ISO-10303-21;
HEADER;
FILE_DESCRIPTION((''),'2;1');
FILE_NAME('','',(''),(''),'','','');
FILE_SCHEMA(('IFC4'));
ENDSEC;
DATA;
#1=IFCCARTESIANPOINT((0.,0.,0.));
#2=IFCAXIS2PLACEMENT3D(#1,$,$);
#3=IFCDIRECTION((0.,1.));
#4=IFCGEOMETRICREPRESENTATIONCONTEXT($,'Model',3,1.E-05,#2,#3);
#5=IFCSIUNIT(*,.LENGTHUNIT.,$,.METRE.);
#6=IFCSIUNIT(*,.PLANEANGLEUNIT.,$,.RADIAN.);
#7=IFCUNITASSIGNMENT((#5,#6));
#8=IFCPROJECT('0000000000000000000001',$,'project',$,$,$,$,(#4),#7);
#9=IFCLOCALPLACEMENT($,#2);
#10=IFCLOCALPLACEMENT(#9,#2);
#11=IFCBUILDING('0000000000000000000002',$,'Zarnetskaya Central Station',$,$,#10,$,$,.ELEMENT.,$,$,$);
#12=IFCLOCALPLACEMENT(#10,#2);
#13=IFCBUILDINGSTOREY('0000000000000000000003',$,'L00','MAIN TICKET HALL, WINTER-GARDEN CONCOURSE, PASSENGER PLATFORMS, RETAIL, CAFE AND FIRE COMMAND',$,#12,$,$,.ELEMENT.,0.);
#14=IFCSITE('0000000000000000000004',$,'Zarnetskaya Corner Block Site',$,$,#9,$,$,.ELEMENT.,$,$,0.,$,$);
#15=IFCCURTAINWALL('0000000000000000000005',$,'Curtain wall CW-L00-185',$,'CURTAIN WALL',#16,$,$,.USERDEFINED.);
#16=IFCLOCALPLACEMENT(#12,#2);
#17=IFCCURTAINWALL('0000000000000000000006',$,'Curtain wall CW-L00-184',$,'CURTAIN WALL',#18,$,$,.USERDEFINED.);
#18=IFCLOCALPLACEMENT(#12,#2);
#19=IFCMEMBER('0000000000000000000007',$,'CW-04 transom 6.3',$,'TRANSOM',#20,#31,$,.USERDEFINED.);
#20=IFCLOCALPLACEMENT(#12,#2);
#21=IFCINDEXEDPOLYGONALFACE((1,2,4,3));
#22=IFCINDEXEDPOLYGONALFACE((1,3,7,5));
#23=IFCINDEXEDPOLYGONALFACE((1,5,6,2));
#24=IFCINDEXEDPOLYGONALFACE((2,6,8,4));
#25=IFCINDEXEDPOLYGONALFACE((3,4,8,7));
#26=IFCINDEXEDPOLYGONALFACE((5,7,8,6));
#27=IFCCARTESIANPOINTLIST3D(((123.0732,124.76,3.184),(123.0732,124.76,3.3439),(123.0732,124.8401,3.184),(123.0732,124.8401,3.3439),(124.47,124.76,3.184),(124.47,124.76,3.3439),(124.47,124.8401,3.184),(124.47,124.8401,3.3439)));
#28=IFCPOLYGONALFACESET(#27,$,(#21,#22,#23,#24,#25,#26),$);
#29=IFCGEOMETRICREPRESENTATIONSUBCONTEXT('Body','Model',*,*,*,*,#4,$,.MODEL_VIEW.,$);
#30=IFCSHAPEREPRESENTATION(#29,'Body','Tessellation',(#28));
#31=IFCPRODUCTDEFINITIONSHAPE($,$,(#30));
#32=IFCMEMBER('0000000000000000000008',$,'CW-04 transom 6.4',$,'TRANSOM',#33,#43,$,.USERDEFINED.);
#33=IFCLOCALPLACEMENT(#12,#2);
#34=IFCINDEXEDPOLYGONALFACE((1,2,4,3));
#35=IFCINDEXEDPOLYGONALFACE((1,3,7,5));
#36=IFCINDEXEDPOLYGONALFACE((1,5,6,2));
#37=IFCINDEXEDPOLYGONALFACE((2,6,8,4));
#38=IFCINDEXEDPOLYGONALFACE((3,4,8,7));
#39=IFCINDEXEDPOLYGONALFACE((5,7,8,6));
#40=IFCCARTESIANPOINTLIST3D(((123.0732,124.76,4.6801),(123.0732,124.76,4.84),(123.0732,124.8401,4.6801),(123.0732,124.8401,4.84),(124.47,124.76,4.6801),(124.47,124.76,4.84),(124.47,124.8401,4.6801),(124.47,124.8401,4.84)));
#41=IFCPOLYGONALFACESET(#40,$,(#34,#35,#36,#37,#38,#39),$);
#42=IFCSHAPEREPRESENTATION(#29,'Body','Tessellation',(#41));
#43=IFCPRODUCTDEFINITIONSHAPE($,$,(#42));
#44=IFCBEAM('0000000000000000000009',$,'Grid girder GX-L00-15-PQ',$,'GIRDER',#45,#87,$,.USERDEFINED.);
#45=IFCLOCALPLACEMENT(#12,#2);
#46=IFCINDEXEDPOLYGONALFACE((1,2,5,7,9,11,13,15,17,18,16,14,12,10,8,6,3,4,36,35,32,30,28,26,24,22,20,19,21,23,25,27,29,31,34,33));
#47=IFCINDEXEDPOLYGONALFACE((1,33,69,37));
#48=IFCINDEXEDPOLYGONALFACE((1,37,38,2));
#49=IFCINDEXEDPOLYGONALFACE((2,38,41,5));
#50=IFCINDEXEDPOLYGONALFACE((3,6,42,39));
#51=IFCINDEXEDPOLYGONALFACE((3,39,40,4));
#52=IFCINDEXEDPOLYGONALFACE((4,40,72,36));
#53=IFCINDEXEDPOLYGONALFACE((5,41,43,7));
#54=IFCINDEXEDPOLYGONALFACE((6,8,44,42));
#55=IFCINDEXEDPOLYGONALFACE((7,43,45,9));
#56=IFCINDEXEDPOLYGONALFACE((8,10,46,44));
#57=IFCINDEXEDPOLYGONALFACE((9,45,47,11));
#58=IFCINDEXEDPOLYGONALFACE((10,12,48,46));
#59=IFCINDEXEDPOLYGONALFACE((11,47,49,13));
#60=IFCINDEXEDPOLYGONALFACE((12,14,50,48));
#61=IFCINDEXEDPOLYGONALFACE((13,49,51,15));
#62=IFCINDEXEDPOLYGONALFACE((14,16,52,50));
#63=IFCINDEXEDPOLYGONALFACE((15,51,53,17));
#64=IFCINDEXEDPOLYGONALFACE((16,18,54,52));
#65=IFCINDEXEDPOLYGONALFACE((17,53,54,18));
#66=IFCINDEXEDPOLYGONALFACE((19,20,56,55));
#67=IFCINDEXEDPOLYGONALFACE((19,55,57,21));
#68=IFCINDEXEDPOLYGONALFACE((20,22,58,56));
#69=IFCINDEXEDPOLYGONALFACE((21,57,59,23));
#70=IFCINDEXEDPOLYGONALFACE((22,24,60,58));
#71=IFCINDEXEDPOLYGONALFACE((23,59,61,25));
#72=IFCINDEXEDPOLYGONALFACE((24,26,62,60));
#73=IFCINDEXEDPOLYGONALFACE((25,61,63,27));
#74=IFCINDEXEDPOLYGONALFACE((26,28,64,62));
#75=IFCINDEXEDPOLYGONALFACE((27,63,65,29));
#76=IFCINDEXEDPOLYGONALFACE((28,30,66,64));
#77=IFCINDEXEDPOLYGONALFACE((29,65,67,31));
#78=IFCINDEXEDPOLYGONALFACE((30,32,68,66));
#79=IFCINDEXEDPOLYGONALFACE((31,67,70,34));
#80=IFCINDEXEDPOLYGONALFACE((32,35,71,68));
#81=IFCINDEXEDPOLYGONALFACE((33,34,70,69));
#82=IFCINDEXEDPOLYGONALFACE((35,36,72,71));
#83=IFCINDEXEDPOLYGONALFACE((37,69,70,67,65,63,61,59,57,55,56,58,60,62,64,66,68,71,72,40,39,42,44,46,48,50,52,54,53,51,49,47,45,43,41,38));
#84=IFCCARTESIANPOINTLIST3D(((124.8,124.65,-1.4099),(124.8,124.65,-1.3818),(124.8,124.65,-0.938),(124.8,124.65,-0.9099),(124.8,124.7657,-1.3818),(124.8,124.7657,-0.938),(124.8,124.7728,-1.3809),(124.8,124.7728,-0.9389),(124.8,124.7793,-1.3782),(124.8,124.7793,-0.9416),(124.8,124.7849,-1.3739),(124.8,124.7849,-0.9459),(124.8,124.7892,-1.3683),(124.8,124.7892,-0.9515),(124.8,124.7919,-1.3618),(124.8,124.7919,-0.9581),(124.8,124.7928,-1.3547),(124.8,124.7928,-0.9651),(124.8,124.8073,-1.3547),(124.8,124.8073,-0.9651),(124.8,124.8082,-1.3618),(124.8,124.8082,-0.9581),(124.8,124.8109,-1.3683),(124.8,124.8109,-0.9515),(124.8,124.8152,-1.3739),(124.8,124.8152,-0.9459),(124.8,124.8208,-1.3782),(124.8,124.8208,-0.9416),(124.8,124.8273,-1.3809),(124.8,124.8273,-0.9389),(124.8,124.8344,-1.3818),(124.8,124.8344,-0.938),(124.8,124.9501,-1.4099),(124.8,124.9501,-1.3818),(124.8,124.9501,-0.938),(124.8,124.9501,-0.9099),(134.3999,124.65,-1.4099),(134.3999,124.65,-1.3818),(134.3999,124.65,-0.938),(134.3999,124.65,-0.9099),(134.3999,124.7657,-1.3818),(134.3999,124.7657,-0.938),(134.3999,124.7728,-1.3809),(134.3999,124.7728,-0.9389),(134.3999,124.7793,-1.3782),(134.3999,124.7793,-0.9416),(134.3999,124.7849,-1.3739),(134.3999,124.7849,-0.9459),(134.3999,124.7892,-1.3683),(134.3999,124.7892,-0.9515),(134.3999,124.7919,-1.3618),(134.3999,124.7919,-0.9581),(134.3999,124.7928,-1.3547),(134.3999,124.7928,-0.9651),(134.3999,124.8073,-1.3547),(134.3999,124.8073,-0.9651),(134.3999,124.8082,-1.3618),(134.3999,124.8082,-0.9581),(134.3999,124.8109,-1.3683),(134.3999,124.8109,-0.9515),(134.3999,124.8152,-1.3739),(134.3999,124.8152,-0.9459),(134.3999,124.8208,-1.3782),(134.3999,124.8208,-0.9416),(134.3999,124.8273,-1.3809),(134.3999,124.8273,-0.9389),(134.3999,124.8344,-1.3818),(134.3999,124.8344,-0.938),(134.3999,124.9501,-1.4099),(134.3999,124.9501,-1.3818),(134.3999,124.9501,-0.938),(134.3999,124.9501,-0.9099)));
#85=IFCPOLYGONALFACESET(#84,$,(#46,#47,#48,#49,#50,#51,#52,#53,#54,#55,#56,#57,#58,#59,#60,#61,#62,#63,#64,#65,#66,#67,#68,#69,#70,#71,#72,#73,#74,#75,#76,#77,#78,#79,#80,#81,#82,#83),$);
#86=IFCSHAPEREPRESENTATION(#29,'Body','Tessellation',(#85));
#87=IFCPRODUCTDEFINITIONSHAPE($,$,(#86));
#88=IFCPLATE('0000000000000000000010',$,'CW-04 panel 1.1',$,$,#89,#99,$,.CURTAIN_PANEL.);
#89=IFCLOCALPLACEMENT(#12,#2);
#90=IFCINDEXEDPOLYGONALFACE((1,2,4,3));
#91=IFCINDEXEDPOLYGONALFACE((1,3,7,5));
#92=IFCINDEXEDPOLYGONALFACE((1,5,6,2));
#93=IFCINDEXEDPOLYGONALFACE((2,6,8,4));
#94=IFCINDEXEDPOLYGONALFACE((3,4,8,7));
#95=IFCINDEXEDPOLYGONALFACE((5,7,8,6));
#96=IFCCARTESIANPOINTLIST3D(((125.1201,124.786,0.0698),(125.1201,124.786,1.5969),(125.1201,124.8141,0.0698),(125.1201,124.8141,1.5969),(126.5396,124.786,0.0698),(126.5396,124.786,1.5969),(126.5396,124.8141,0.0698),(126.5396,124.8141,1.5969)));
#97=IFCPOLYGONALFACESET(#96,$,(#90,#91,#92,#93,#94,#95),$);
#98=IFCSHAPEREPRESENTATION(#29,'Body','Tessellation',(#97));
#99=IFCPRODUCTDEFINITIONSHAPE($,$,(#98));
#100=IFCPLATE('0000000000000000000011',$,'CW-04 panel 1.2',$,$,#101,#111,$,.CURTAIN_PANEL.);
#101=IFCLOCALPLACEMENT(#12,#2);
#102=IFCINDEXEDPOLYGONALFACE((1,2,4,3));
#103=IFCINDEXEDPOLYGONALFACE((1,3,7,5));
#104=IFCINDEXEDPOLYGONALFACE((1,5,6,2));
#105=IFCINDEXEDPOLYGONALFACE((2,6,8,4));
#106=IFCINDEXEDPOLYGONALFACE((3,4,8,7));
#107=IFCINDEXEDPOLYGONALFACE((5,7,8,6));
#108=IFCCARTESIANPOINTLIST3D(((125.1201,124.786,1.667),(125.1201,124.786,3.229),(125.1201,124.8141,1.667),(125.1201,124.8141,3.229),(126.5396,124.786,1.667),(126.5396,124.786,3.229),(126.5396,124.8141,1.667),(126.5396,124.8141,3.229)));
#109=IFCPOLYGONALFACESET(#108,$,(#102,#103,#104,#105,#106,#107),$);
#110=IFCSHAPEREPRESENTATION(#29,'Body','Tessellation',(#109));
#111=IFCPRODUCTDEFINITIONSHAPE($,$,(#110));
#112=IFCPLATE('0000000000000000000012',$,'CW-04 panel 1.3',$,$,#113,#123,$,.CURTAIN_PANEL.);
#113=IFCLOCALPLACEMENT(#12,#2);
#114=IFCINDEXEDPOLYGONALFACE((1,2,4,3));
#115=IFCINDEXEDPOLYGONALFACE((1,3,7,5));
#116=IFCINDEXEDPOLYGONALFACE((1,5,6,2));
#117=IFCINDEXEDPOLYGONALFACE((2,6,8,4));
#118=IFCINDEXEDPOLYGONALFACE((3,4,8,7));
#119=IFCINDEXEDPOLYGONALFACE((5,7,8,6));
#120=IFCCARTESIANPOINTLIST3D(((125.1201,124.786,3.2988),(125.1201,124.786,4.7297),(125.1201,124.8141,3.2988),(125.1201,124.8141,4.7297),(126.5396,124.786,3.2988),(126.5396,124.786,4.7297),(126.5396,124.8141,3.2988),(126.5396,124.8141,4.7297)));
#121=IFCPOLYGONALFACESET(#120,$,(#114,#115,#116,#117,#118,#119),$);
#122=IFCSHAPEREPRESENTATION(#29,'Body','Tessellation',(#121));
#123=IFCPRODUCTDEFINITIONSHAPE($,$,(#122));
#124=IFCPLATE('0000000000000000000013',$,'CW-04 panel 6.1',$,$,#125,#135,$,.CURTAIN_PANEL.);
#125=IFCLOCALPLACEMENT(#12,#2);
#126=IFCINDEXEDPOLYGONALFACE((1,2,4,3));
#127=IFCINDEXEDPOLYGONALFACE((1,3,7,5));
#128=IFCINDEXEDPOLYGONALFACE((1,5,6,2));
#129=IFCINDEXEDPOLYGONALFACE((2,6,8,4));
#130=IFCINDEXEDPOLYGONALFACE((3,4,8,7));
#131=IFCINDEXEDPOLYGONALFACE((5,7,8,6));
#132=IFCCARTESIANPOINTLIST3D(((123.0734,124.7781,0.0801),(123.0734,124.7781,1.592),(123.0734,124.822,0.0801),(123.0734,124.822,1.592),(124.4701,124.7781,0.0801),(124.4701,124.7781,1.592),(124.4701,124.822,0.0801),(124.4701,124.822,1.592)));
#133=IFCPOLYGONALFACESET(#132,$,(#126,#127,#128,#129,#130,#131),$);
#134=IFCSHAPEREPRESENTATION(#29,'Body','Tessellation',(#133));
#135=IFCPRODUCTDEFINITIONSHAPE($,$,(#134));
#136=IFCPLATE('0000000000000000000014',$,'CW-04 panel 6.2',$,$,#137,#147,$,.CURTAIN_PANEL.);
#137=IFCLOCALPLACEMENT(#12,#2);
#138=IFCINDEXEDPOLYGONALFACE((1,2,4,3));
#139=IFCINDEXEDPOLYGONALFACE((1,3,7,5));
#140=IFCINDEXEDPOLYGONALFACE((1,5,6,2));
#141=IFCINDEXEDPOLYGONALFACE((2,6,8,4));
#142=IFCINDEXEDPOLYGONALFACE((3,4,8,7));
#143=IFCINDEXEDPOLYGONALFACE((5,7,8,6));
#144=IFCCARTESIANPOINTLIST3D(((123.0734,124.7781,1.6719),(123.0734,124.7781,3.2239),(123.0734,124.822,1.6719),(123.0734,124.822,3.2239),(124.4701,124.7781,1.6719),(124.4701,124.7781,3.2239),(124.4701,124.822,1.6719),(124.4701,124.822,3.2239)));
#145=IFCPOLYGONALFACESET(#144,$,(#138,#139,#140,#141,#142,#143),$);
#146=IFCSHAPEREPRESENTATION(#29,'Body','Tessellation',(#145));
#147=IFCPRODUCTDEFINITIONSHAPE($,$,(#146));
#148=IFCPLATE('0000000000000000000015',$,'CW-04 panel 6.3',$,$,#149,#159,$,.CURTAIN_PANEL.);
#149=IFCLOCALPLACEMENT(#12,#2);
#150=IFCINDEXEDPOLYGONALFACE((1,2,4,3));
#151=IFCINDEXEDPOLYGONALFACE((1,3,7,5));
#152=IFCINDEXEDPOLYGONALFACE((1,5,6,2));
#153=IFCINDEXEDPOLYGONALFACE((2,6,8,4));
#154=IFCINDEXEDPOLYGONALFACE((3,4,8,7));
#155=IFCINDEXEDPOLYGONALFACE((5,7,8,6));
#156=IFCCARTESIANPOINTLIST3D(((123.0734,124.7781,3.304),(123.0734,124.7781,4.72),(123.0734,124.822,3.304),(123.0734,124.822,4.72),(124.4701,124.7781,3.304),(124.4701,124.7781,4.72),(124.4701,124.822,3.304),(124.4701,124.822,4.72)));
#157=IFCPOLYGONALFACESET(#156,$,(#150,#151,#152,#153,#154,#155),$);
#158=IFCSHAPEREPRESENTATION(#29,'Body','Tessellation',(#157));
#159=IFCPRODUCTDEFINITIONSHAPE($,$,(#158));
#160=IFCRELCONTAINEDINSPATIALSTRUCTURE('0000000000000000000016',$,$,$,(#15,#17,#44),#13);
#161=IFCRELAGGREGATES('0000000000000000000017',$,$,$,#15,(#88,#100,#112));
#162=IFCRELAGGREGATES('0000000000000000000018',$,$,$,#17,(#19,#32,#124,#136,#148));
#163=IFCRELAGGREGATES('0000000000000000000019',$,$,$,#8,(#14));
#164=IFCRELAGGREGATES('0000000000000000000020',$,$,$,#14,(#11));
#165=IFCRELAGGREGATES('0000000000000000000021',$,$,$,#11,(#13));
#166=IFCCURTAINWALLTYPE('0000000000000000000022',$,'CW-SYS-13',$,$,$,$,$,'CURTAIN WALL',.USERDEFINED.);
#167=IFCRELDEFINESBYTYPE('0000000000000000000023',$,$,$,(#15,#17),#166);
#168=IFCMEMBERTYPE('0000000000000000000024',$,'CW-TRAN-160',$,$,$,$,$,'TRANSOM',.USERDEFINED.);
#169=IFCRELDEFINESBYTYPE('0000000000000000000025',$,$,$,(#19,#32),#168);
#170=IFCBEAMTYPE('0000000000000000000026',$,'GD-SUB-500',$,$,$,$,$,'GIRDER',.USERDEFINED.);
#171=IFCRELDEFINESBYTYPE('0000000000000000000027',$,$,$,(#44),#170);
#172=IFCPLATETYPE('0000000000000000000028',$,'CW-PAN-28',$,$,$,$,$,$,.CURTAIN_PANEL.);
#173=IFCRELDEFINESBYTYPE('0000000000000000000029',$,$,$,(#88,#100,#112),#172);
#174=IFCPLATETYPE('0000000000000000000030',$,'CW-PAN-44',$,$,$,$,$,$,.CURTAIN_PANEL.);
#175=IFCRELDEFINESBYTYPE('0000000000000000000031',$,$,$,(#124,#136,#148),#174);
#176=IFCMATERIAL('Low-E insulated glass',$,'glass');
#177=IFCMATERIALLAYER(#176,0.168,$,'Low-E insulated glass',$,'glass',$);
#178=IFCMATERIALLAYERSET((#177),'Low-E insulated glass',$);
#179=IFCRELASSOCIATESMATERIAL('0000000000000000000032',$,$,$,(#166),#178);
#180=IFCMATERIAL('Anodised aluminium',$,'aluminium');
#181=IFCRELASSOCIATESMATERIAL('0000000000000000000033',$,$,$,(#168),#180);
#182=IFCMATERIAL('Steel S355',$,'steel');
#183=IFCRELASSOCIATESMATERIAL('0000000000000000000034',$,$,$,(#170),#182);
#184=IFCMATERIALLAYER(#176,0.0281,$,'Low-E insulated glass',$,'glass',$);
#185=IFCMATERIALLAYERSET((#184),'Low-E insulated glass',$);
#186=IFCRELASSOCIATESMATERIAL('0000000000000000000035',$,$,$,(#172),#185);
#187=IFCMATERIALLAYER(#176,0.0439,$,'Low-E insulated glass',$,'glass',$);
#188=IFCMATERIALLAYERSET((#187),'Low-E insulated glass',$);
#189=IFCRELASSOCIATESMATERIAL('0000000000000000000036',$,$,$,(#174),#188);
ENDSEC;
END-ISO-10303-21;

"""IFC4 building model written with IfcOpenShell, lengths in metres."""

from ifc_helpers import new_model, si_unit, direction, frame, origin, origin_2d, place, context, subcontext, project, spatial, rectangle, i_section, extrude, material, layer, layer_set, material_profile, profile_set, type_object, element, aggregate, save


model = new_model("IFC4")

# Units and contexts
model_context = context("Model", 3, precision=1e-05, world=origin(), true_north=direction((0.0, 1.0)))
body_context = subcontext(model_context, "Body", "Model", "MODEL_VIEW")
ifc_project = project(units=[si_unit("LENGTHUNIT", "METRE"), si_unit("PLANEANGLEUNIT", "RADIAN")], contexts=[model_context])

# Site, building, storey
site_placement = place(None, origin())
site = spatial("IfcSite", under=ifc_project, at=site_placement, Name="Zarnetskaya Corner Block Site", CompositionType="ELEMENT", RefElevation=0.0)
building_placement = place(site_placement, origin())
building = spatial("IfcBuilding", under=site, at=building_placement, Name="Zarnetskaya Central Station", CompositionType="ELEMENT")
storey_placement = place(building_placement, origin())
storey = spatial("IfcBuildingStorey", under=building, at=storey_placement, Name="L00", Description="MAIN TICKET HALL, WINTER-GARDEN CONCOURSE, PASSENGER PLATFORMS, RETAIL, CAFE AND FIRE COMMAND", CompositionType="ELEMENT", Elevation=0.0)

# Shared definitions
ifc_material_1 = material(Name="Steel S355", Category="steel")

# Curtain walls
ifc_material_2 = material(Name="Low-E insulated glass", Category="glass")
ifc_layer_1 = layer(ifc_material_2, 0.168, Name="Low-E insulated glass", Category="glass")
ifc_layer_set_1 = layer_set([ifc_layer_1], Name="Low-E insulated glass")
curtain_wall_type = type_object("IfcCurtainWallType", Name="CW-SYS-13", ElementType="CURTAIN WALL", PredefinedType="USERDEFINED", material=ifc_layer_set_1)
curtain_wall_1_placement = place(storey_placement, origin())
curtain_wall_1 = element("IfcCurtainWall", 1, at=curtain_wall_1_placement, inside=storey, type_object=curtain_wall_type, Name="Curtain wall CW-L00-185", ObjectType="CURTAIN WALL", PredefinedType="USERDEFINED")
ifc_material_3 = material(Name="Anodised aluminium", Category="aluminium")
curtain_wall_2_placement = place(storey_placement, origin())
curtain_wall_2 = element("IfcCurtainWall", 2, at=curtain_wall_2_placement, inside=storey, type_object=curtain_wall_type, Name="Curtain wall CW-L00-184", ObjectType="CURTAIN WALL", PredefinedType="USERDEFINED")

# Members
ifc_material_profile_1 = material_profile(ifc_material_3, rectangle(XDim=0.0801, YDim=0.1599, at=origin_2d()), Name="ALU TRAN 80x160")
ifc_profile_set_1 = profile_set([ifc_material_profile_1], Name="Anodised aluminium")
member_type_1 = type_object("IfcMemberType", Name="CW-TRAN-160", ElementType="TRANSOM", PredefinedType="USERDEFINED", material=ifc_profile_set_1)
member_1_placement = place(storey_placement, frame((123.0732, 124.8, 3.2639), z_axis=(1.0, 0.0, 0.0), x_axis=(0.0, 1.0, 0.0)))
member_1 = element("IfcMember", 3, at=member_1_placement, type_object=member_type_1, Name="CW-04 transom 6.3", ObjectType="TRANSOM", PredefinedType="USERDEFINED", context=body_context, shape_type="SweptSolid", body=[
    extrude(rectangle(XDim=0.0801, YDim=0.1599, at=origin_2d()), origin(), (0.0, 0.0, 1.0), 1.3967),
])
member_2_placement = place(storey_placement, frame((123.0732, 124.8, 4.76), z_axis=(1.0, 0.0, 0.0), x_axis=(0.0, 1.0, 0.0)))
member_2 = element("IfcMember", 4, at=member_2_placement, type_object=member_type_1, Name="CW-04 transom 6.4", ObjectType="TRANSOM", PredefinedType="USERDEFINED", context=body_context, shape_type="SweptSolid", body=[
    extrude(rectangle(XDim=0.0801, YDim=0.1599, at=origin_2d()), origin(), (0.0, 0.0, 1.0), 1.3967),
])

# Beam
ifc_material_profile_2 = material_profile(ifc_material_1, i_section(OverallWidth=0.3, OverallDepth=0.5, WebThickness=0.0144, FlangeThickness=0.0281, FilletRadius=0.0271, at=origin_2d()), Name="HEB 500")
ifc_profile_set_2 = profile_set([ifc_material_profile_2], Name="Steel S355")
beam_type = type_object("IfcBeamType", Name="GD-SUB-500", ElementType="GIRDER", PredefinedType="USERDEFINED", material=ifc_profile_set_2)
beam_placement = place(storey_placement, frame((124.8, 124.8, -1.1599), z_axis=(1.0, 0.0, 0.0), x_axis=(0.0, 1.0, 0.0)))
element("IfcBeam", 5, at=beam_placement, inside=storey, type_object=beam_type, Name="Grid girder GX-L00-15-PQ", ObjectType="GIRDER", PredefinedType="USERDEFINED", context=body_context, shape_type="SweptSolid", body=[
    extrude(i_section(OverallWidth=0.3, OverallDepth=0.5, WebThickness=0.0144, FlangeThickness=0.0281, FilletRadius=0.0271, at=origin_2d()), origin(), (0.0, 0.0, 1.0), 9.5999),
])

# Plates
ifc_layer_2 = layer(ifc_material_2, 0.0281, Name="Low-E insulated glass", Category="glass")
ifc_layer_set_2 = layer_set([ifc_layer_2], Name="Low-E insulated glass")
plate_type_1 = type_object("IfcPlateType", Name="CW-PAN-28", PredefinedType="CURTAIN_PANEL", material=ifc_layer_set_2)
plate_1_placement = place(storey_placement, frame((125.8298, 124.8, 0.0698), z_axis=(0.0, 0.0, 1.0), x_axis=(1.0, 0.0, 0.0)))
plate_1 = element("IfcPlate", 6, at=plate_1_placement, type_object=plate_type_1, Name="CW-04 panel 1.1", PredefinedType="CURTAIN_PANEL", context=body_context, shape_type="SweptSolid", body=[
    extrude(rectangle(XDim=1.4194, YDim=0.0281, at=origin_2d()), origin(), (0.0, 0.0, 1.0), 1.5271),
])
plate_2_placement = place(storey_placement, frame((125.8298, 124.8, 1.667), z_axis=(0.0, 0.0, 1.0), x_axis=(1.0, 0.0, 0.0)))
plate_2 = element("IfcPlate", 7, at=plate_2_placement, type_object=plate_type_1, Name="CW-04 panel 1.2", PredefinedType="CURTAIN_PANEL", context=body_context, shape_type="SweptSolid", body=[
    extrude(rectangle(XDim=1.4194, YDim=0.0281, at=origin_2d()), origin(), (0.0, 0.0, 1.0), 1.562),
])
plate_3_placement = place(storey_placement, frame((125.8298, 124.8, 3.2988), z_axis=(0.0, 0.0, 1.0), x_axis=(1.0, 0.0, 0.0)))
plate_3 = element("IfcPlate", 8, at=plate_3_placement, type_object=plate_type_1, Name="CW-04 panel 1.3", PredefinedType="CURTAIN_PANEL", context=body_context, shape_type="SweptSolid", body=[
    extrude(rectangle(XDim=1.4194, YDim=0.0281, at=origin_2d()), origin(), (0.0, 0.0, 1.0), 1.4309),
])
aggregate(curtain_wall_1, [plate_1, plate_2, plate_3])
ifc_layer_3 = layer(ifc_material_2, 0.0439, Name="Low-E insulated glass", Category="glass")
ifc_layer_set_3 = layer_set([ifc_layer_3], Name="Low-E insulated glass")
plate_type_2 = type_object("IfcPlateType", Name="CW-PAN-44", PredefinedType="CURTAIN_PANEL", material=ifc_layer_set_3)
plate_4_placement = place(storey_placement, frame((123.7717, 124.8, 0.0801), z_axis=(0.0, 0.0, 1.0), x_axis=(1.0, 0.0, 0.0)))
plate_4 = element("IfcPlate", 9, at=plate_4_placement, type_object=plate_type_2, Name="CW-04 panel 6.1", PredefinedType="CURTAIN_PANEL", context=body_context, shape_type="SweptSolid", body=[
    extrude(rectangle(XDim=1.3967, YDim=0.0439, at=origin_2d()), origin(), (0.0, 0.0, 1.0), 1.512),
])
plate_5_placement = place(storey_placement, frame((123.7717, 124.8, 1.6719), z_axis=(0.0, 0.0, 1.0), x_axis=(1.0, 0.0, 0.0)))
plate_5 = element("IfcPlate", 10, at=plate_5_placement, type_object=plate_type_2, Name="CW-04 panel 6.2", PredefinedType="CURTAIN_PANEL", context=body_context, shape_type="SweptSolid", body=[
    extrude(rectangle(XDim=1.3967, YDim=0.0439, at=origin_2d()), origin(), (0.0, 0.0, 1.0), 1.552),
])
plate_6_placement = place(storey_placement, frame((123.7717, 124.8, 3.304), z_axis=(0.0, 0.0, 1.0), x_axis=(1.0, 0.0, 0.0)))
plate_6 = element("IfcPlate", 11, at=plate_6_placement, type_object=plate_type_2, Name="CW-04 panel 6.3", PredefinedType="CURTAIN_PANEL", context=body_context, shape_type="SweptSolid", body=[
    extrude(rectangle(XDim=1.3967, YDim=0.0439, at=origin_2d()), origin(), (0.0, 0.0, 1.0), 1.416),
])
aggregate(curtain_wall_2, [member_1, member_2, plate_4, plate_5, plate_6])

save(model, "model.ifc")
